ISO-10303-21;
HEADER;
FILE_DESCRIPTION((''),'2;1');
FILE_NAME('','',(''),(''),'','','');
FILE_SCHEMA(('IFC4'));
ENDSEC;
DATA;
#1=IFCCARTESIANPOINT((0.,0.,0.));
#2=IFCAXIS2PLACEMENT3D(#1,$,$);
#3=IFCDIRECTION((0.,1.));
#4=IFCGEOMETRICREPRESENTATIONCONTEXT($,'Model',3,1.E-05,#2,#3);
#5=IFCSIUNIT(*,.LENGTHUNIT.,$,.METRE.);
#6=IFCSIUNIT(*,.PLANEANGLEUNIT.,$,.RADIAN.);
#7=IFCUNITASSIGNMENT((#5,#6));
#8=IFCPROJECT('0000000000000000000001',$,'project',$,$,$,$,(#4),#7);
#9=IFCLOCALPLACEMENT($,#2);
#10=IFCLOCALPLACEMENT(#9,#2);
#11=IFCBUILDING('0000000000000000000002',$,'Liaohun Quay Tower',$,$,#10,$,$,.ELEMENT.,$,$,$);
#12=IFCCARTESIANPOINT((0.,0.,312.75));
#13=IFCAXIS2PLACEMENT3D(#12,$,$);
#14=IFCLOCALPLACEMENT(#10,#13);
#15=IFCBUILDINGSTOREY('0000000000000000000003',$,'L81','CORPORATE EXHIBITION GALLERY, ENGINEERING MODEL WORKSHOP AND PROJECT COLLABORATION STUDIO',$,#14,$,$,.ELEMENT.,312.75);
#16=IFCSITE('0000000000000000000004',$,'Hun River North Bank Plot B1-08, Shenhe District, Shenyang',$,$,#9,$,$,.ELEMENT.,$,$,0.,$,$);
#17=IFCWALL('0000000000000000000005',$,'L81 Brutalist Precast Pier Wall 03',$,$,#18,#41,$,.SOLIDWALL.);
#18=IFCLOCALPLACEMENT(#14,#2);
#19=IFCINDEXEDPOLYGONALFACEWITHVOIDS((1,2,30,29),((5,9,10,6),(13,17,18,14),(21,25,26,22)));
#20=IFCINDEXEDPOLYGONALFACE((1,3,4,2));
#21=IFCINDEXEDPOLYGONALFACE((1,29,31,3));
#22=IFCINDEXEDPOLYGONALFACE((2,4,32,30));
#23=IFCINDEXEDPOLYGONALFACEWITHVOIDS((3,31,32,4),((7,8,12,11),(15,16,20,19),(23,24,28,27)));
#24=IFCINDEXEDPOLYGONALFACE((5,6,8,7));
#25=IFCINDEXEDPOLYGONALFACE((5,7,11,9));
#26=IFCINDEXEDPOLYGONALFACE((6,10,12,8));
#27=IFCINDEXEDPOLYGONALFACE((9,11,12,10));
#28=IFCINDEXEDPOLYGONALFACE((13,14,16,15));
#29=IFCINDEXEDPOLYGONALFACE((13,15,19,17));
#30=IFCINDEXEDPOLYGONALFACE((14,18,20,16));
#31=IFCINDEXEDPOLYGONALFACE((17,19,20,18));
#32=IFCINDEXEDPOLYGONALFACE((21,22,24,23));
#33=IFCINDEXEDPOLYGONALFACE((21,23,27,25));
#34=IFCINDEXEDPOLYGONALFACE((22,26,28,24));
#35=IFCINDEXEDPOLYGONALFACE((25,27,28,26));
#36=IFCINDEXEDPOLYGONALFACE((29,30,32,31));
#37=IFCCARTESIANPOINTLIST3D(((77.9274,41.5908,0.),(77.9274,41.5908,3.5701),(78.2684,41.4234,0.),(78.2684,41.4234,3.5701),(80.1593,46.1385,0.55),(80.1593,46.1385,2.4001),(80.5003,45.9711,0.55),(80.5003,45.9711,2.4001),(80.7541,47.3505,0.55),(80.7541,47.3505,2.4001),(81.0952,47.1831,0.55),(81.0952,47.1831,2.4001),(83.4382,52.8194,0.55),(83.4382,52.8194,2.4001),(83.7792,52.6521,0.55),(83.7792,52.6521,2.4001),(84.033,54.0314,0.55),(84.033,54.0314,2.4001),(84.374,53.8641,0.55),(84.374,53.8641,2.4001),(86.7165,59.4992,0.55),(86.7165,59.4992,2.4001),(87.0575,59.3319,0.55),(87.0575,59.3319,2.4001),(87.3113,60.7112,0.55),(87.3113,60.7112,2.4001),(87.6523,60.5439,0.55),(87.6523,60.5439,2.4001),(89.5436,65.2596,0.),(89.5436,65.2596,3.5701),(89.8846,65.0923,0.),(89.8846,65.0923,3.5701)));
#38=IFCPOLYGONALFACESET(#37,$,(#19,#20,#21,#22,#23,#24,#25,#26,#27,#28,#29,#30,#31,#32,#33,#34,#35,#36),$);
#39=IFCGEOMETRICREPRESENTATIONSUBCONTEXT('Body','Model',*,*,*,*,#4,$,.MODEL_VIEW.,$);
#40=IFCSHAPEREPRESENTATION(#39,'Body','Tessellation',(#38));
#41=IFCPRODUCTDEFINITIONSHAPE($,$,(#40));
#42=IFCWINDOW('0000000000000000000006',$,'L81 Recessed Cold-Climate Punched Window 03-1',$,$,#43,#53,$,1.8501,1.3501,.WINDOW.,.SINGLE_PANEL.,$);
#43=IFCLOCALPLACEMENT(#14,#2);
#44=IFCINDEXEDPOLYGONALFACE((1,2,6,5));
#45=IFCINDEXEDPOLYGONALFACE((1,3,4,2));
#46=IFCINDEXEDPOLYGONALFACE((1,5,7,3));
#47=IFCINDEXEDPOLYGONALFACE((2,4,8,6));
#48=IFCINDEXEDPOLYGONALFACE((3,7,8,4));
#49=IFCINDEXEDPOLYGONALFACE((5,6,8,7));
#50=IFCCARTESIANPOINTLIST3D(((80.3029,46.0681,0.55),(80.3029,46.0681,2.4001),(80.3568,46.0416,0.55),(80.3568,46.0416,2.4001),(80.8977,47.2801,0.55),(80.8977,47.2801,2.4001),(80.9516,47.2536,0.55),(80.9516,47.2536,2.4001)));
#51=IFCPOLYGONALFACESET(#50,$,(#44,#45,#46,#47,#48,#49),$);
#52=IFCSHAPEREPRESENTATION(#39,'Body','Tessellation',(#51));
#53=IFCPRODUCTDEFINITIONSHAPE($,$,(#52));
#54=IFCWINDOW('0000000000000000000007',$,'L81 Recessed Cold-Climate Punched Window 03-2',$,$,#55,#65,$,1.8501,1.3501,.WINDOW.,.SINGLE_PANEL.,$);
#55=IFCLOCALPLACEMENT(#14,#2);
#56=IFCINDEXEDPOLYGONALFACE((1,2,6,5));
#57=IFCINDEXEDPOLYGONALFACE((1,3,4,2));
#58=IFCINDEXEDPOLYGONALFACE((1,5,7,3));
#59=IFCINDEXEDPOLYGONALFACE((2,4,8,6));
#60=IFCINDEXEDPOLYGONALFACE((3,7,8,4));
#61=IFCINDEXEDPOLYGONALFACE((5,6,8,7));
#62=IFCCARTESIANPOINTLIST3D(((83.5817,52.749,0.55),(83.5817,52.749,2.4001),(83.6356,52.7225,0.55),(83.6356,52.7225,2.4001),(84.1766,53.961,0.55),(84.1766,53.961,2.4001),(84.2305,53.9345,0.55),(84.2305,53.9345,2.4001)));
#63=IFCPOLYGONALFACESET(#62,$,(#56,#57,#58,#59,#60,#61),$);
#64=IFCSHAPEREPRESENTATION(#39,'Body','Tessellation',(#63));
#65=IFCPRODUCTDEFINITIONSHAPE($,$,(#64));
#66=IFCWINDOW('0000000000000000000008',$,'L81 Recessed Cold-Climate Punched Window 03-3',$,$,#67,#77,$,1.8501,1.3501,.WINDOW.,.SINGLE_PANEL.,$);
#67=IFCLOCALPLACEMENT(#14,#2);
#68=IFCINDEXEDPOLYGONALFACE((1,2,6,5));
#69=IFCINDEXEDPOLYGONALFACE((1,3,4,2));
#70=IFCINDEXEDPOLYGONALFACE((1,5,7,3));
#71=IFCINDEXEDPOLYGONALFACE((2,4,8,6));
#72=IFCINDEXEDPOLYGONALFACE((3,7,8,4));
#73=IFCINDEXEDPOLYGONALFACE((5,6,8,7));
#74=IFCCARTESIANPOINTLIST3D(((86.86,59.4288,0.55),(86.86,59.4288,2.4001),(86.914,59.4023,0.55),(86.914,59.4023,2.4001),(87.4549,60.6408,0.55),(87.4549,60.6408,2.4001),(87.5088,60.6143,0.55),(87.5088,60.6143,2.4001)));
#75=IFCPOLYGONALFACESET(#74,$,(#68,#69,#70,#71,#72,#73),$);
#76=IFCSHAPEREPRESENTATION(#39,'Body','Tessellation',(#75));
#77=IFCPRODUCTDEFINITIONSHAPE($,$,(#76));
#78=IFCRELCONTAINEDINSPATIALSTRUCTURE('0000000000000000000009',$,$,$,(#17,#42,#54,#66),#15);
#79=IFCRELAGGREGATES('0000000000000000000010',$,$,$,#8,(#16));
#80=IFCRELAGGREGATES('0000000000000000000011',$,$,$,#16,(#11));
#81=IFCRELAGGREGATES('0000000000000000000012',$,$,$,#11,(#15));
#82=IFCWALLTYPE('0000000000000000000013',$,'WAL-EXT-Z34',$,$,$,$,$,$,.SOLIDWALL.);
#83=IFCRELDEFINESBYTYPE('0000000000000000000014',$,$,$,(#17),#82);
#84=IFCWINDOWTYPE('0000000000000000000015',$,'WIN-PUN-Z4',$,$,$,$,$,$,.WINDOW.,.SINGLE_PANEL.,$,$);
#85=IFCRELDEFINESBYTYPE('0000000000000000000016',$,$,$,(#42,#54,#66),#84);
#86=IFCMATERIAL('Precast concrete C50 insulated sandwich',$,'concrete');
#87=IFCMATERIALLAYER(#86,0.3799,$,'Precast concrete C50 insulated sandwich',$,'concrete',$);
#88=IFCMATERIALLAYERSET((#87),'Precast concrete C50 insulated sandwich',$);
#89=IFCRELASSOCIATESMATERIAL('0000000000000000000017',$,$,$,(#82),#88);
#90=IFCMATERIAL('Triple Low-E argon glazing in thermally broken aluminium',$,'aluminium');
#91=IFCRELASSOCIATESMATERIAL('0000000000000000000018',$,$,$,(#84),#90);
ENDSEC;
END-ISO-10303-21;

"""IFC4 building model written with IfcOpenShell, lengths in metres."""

from ifc_helpers import new_model, si_unit, direction, frame, frame_2d, origin, place, context, subcontext, project, spatial, rectangle, extrude, source, transform, mapped, material, layer, layer_set, type_object, element, fill, save


model = new_model("IFC4")

# Units and contexts
model_context = context("Model", 3, precision=1e-05, world=origin(), true_north=direction((0.0, 1.0)))
body_context = subcontext(model_context, "Body", "Model", "MODEL_VIEW")
ifc_project = project(units=[si_unit("LENGTHUNIT", "METRE"), si_unit("PLANEANGLEUNIT", "RADIAN")], contexts=[model_context])

# Site, building, storey
site_placement = place(None, origin())
site = spatial("IfcSite", under=ifc_project, at=site_placement, Name="Hun River North Bank Plot B1-08, Shenhe District, Shenyang", CompositionType="ELEMENT", RefElevation=0.0)
building_placement = place(site_placement, origin())
building = spatial("IfcBuilding", under=site, at=building_placement, Name="Liaohun Quay Tower", CompositionType="ELEMENT")
storey_placement = place(building_placement, frame((0.0, 0.0, 312.75)))
storey = spatial("IfcBuildingStorey", under=building, at=storey_placement, Name="L81", Description="CORPORATE EXHIBITION GALLERY, ENGINEERING MODEL WORKSHOP AND PROJECT COLLABORATION STUDIO", CompositionType="ELEMENT", Elevation=312.75)

# Shared definitions
ifc_material_1 = material(Name="Precast concrete C50 insulated sandwich", Category="concrete")
ifc_layer_1 = layer(ifc_material_1, 0.3799, Name="Precast concrete C50 insulated sandwich", Category="concrete")
ifc_layer_set_1 = layer_set([ifc_layer_1], Name="Precast concrete C50 insulated sandwich")
wall_type_1 = type_object("IfcWallType", Name="WAL-EXT-Z34", PredefinedType="SOLIDWALL", material=ifc_layer_set_1)

# Wall, openings, windows
shared_shape_1 = source(origin(), body_context, "Body", "SweptSolid", [
    extrude(rectangle(XDim=1.3501, YDim=1.8501, at=frame_2d((0.675, 0.925))), frame((0.0, 0.2, 0.0), z_axis=(0.0, -1.0, 0.0), x_axis=(1.0, 0.0, 0.0)), (0.0, 0.0, 1.0), 0.3999),
])
ifc_material_2 = material(Name="Triple Low-E argon glazing in thermally broken aluminium", Category="aluminium")
window_type_1 = type_object("IfcWindowType", Name="WIN-PUN-Z4", PartitioningType="SINGLE_PANEL", PredefinedType="WINDOW", material=ifc_material_2)
shared_shape_2 = source(origin(), body_context, "Body", "SweptSolid", [
    extrude(rectangle(XDim=1.3501, YDim=1.8501, at=frame_2d((0.675, 0.925))), frame((0.0, 0.03, 0.0), z_axis=(0.0, -1.0, 0.0), x_axis=(1.0, 0.0, 0.0)), (0.0, 0.0, 1.0), 0.0601),
])
wall_1_placement = place(storey_placement, frame((78.0979, 41.5071, 0.0), z_axis=(0.0, 0.0, 1.0), x_axis=(0.440579, 0.897714, 0.0)))
wall_1 = element("IfcWall", 1, at=wall_1_placement, inside=storey, type_object=wall_type_1, Name="L81 Brutalist Precast Pier Wall 03", PredefinedType="SOLIDWALL", context=body_context, shape_type="SweptSolid", body=[
    extrude(rectangle(XDim=26.3657, YDim=0.3799, at=frame_2d((13.1829, 0.0))), origin(), (0.0, 0.0, 1.0), 3.5701),
])
opening_1_placement = place(wall_1_placement, frame((5.0659, 0.0, 0.55)))
opening_1 = element("IfcOpeningElement", 2, at=opening_1_placement, cuts=wall_1, PredefinedType="OPENING", context=body_context, shape_type="MappedRepresentation", body=[
    mapped(shared_shape_1, transform((0.0, 0.0, 0.0), x_axis=(1.0, 0.0, 0.0), y_axis=(0.0, 1.0, 0.0), z_axis=(0.0, 0.0, 1.0), scale=1.0)),
])
opening_2_placement = place(wall_1_placement, frame((12.5081, 0.0, 0.55)))
opening_2 = element("IfcOpeningElement", 3, at=opening_2_placement, cuts=wall_1, PredefinedType="OPENING", context=body_context, shape_type="MappedRepresentation", body=[
    mapped(shared_shape_1, transform((0.0, 0.0, 0.0), x_axis=(1.0, 0.0, 0.0), y_axis=(0.0, 1.0, 0.0), z_axis=(0.0, 0.0, 1.0), scale=1.0)),
])
opening_3_placement = place(wall_1_placement, frame((19.949, 0.0, 0.55)))
opening_3 = element("IfcOpeningElement", 4, at=opening_3_placement, cuts=wall_1, PredefinedType="OPENING", context=body_context, shape_type="MappedRepresentation", body=[
    mapped(shared_shape_1, transform((0.0, 0.0, 0.0), x_axis=(1.0, 0.0, 0.0), y_axis=(0.0, 1.0, 0.0), z_axis=(0.0, 0.0, 1.0), scale=1.0)),
])
window_1_placement = place(opening_1_placement, origin())
window_1 = element("IfcWindow", 5, at=window_1_placement, inside=storey, type_object=window_type_1, Name="L81 Recessed Cold-Climate Punched Window 03-1", OverallHeight=1.8501, OverallWidth=1.3501, PartitioningType="SINGLE_PANEL", PredefinedType="WINDOW", context=body_context, shape_type="MappedRepresentation", body=[
    mapped(shared_shape_2, transform((0.0, 0.0, 0.0), x_axis=(1.0, 0.0, 0.0), y_axis=(0.0, 1.0, 0.0), z_axis=(0.0, 0.0, 1.0), scale=1.0)),
])
fill(opening_1, window_1)
window_2_placement = place(opening_2_placement, origin())
window_2 = element("IfcWindow", 6, at=window_2_placement, inside=storey, type_object=window_type_1, Name="L81 Recessed Cold-Climate Punched Window 03-2", OverallHeight=1.8501, OverallWidth=1.3501, PartitioningType="SINGLE_PANEL", PredefinedType="WINDOW", context=body_context, shape_type="MappedRepresentation", body=[
    mapped(shared_shape_2, transform((0.0, 0.0, 0.0), x_axis=(1.0, 0.0, 0.0), y_axis=(0.0, 1.0, 0.0), z_axis=(0.0, 0.0, 1.0), scale=1.0)),
])
fill(opening_2, window_2)
window_3_placement = place(opening_3_placement, origin())
window_3 = element("IfcWindow", 7, at=window_3_placement, inside=storey, type_object=window_type_1, Name="L81 Recessed Cold-Climate Punched Window 03-3", OverallHeight=1.8501, OverallWidth=1.3501, PartitioningType="SINGLE_PANEL", PredefinedType="WINDOW", context=body_context, shape_type="MappedRepresentation", body=[
    mapped(shared_shape_2, transform((0.0, 0.0, 0.0), x_axis=(1.0, 0.0, 0.0), y_axis=(0.0, 1.0, 0.0), z_axis=(0.0, 0.0, 1.0), scale=1.0)),
])
fill(opening_3, window_3)

save(model, "model.ifc")
